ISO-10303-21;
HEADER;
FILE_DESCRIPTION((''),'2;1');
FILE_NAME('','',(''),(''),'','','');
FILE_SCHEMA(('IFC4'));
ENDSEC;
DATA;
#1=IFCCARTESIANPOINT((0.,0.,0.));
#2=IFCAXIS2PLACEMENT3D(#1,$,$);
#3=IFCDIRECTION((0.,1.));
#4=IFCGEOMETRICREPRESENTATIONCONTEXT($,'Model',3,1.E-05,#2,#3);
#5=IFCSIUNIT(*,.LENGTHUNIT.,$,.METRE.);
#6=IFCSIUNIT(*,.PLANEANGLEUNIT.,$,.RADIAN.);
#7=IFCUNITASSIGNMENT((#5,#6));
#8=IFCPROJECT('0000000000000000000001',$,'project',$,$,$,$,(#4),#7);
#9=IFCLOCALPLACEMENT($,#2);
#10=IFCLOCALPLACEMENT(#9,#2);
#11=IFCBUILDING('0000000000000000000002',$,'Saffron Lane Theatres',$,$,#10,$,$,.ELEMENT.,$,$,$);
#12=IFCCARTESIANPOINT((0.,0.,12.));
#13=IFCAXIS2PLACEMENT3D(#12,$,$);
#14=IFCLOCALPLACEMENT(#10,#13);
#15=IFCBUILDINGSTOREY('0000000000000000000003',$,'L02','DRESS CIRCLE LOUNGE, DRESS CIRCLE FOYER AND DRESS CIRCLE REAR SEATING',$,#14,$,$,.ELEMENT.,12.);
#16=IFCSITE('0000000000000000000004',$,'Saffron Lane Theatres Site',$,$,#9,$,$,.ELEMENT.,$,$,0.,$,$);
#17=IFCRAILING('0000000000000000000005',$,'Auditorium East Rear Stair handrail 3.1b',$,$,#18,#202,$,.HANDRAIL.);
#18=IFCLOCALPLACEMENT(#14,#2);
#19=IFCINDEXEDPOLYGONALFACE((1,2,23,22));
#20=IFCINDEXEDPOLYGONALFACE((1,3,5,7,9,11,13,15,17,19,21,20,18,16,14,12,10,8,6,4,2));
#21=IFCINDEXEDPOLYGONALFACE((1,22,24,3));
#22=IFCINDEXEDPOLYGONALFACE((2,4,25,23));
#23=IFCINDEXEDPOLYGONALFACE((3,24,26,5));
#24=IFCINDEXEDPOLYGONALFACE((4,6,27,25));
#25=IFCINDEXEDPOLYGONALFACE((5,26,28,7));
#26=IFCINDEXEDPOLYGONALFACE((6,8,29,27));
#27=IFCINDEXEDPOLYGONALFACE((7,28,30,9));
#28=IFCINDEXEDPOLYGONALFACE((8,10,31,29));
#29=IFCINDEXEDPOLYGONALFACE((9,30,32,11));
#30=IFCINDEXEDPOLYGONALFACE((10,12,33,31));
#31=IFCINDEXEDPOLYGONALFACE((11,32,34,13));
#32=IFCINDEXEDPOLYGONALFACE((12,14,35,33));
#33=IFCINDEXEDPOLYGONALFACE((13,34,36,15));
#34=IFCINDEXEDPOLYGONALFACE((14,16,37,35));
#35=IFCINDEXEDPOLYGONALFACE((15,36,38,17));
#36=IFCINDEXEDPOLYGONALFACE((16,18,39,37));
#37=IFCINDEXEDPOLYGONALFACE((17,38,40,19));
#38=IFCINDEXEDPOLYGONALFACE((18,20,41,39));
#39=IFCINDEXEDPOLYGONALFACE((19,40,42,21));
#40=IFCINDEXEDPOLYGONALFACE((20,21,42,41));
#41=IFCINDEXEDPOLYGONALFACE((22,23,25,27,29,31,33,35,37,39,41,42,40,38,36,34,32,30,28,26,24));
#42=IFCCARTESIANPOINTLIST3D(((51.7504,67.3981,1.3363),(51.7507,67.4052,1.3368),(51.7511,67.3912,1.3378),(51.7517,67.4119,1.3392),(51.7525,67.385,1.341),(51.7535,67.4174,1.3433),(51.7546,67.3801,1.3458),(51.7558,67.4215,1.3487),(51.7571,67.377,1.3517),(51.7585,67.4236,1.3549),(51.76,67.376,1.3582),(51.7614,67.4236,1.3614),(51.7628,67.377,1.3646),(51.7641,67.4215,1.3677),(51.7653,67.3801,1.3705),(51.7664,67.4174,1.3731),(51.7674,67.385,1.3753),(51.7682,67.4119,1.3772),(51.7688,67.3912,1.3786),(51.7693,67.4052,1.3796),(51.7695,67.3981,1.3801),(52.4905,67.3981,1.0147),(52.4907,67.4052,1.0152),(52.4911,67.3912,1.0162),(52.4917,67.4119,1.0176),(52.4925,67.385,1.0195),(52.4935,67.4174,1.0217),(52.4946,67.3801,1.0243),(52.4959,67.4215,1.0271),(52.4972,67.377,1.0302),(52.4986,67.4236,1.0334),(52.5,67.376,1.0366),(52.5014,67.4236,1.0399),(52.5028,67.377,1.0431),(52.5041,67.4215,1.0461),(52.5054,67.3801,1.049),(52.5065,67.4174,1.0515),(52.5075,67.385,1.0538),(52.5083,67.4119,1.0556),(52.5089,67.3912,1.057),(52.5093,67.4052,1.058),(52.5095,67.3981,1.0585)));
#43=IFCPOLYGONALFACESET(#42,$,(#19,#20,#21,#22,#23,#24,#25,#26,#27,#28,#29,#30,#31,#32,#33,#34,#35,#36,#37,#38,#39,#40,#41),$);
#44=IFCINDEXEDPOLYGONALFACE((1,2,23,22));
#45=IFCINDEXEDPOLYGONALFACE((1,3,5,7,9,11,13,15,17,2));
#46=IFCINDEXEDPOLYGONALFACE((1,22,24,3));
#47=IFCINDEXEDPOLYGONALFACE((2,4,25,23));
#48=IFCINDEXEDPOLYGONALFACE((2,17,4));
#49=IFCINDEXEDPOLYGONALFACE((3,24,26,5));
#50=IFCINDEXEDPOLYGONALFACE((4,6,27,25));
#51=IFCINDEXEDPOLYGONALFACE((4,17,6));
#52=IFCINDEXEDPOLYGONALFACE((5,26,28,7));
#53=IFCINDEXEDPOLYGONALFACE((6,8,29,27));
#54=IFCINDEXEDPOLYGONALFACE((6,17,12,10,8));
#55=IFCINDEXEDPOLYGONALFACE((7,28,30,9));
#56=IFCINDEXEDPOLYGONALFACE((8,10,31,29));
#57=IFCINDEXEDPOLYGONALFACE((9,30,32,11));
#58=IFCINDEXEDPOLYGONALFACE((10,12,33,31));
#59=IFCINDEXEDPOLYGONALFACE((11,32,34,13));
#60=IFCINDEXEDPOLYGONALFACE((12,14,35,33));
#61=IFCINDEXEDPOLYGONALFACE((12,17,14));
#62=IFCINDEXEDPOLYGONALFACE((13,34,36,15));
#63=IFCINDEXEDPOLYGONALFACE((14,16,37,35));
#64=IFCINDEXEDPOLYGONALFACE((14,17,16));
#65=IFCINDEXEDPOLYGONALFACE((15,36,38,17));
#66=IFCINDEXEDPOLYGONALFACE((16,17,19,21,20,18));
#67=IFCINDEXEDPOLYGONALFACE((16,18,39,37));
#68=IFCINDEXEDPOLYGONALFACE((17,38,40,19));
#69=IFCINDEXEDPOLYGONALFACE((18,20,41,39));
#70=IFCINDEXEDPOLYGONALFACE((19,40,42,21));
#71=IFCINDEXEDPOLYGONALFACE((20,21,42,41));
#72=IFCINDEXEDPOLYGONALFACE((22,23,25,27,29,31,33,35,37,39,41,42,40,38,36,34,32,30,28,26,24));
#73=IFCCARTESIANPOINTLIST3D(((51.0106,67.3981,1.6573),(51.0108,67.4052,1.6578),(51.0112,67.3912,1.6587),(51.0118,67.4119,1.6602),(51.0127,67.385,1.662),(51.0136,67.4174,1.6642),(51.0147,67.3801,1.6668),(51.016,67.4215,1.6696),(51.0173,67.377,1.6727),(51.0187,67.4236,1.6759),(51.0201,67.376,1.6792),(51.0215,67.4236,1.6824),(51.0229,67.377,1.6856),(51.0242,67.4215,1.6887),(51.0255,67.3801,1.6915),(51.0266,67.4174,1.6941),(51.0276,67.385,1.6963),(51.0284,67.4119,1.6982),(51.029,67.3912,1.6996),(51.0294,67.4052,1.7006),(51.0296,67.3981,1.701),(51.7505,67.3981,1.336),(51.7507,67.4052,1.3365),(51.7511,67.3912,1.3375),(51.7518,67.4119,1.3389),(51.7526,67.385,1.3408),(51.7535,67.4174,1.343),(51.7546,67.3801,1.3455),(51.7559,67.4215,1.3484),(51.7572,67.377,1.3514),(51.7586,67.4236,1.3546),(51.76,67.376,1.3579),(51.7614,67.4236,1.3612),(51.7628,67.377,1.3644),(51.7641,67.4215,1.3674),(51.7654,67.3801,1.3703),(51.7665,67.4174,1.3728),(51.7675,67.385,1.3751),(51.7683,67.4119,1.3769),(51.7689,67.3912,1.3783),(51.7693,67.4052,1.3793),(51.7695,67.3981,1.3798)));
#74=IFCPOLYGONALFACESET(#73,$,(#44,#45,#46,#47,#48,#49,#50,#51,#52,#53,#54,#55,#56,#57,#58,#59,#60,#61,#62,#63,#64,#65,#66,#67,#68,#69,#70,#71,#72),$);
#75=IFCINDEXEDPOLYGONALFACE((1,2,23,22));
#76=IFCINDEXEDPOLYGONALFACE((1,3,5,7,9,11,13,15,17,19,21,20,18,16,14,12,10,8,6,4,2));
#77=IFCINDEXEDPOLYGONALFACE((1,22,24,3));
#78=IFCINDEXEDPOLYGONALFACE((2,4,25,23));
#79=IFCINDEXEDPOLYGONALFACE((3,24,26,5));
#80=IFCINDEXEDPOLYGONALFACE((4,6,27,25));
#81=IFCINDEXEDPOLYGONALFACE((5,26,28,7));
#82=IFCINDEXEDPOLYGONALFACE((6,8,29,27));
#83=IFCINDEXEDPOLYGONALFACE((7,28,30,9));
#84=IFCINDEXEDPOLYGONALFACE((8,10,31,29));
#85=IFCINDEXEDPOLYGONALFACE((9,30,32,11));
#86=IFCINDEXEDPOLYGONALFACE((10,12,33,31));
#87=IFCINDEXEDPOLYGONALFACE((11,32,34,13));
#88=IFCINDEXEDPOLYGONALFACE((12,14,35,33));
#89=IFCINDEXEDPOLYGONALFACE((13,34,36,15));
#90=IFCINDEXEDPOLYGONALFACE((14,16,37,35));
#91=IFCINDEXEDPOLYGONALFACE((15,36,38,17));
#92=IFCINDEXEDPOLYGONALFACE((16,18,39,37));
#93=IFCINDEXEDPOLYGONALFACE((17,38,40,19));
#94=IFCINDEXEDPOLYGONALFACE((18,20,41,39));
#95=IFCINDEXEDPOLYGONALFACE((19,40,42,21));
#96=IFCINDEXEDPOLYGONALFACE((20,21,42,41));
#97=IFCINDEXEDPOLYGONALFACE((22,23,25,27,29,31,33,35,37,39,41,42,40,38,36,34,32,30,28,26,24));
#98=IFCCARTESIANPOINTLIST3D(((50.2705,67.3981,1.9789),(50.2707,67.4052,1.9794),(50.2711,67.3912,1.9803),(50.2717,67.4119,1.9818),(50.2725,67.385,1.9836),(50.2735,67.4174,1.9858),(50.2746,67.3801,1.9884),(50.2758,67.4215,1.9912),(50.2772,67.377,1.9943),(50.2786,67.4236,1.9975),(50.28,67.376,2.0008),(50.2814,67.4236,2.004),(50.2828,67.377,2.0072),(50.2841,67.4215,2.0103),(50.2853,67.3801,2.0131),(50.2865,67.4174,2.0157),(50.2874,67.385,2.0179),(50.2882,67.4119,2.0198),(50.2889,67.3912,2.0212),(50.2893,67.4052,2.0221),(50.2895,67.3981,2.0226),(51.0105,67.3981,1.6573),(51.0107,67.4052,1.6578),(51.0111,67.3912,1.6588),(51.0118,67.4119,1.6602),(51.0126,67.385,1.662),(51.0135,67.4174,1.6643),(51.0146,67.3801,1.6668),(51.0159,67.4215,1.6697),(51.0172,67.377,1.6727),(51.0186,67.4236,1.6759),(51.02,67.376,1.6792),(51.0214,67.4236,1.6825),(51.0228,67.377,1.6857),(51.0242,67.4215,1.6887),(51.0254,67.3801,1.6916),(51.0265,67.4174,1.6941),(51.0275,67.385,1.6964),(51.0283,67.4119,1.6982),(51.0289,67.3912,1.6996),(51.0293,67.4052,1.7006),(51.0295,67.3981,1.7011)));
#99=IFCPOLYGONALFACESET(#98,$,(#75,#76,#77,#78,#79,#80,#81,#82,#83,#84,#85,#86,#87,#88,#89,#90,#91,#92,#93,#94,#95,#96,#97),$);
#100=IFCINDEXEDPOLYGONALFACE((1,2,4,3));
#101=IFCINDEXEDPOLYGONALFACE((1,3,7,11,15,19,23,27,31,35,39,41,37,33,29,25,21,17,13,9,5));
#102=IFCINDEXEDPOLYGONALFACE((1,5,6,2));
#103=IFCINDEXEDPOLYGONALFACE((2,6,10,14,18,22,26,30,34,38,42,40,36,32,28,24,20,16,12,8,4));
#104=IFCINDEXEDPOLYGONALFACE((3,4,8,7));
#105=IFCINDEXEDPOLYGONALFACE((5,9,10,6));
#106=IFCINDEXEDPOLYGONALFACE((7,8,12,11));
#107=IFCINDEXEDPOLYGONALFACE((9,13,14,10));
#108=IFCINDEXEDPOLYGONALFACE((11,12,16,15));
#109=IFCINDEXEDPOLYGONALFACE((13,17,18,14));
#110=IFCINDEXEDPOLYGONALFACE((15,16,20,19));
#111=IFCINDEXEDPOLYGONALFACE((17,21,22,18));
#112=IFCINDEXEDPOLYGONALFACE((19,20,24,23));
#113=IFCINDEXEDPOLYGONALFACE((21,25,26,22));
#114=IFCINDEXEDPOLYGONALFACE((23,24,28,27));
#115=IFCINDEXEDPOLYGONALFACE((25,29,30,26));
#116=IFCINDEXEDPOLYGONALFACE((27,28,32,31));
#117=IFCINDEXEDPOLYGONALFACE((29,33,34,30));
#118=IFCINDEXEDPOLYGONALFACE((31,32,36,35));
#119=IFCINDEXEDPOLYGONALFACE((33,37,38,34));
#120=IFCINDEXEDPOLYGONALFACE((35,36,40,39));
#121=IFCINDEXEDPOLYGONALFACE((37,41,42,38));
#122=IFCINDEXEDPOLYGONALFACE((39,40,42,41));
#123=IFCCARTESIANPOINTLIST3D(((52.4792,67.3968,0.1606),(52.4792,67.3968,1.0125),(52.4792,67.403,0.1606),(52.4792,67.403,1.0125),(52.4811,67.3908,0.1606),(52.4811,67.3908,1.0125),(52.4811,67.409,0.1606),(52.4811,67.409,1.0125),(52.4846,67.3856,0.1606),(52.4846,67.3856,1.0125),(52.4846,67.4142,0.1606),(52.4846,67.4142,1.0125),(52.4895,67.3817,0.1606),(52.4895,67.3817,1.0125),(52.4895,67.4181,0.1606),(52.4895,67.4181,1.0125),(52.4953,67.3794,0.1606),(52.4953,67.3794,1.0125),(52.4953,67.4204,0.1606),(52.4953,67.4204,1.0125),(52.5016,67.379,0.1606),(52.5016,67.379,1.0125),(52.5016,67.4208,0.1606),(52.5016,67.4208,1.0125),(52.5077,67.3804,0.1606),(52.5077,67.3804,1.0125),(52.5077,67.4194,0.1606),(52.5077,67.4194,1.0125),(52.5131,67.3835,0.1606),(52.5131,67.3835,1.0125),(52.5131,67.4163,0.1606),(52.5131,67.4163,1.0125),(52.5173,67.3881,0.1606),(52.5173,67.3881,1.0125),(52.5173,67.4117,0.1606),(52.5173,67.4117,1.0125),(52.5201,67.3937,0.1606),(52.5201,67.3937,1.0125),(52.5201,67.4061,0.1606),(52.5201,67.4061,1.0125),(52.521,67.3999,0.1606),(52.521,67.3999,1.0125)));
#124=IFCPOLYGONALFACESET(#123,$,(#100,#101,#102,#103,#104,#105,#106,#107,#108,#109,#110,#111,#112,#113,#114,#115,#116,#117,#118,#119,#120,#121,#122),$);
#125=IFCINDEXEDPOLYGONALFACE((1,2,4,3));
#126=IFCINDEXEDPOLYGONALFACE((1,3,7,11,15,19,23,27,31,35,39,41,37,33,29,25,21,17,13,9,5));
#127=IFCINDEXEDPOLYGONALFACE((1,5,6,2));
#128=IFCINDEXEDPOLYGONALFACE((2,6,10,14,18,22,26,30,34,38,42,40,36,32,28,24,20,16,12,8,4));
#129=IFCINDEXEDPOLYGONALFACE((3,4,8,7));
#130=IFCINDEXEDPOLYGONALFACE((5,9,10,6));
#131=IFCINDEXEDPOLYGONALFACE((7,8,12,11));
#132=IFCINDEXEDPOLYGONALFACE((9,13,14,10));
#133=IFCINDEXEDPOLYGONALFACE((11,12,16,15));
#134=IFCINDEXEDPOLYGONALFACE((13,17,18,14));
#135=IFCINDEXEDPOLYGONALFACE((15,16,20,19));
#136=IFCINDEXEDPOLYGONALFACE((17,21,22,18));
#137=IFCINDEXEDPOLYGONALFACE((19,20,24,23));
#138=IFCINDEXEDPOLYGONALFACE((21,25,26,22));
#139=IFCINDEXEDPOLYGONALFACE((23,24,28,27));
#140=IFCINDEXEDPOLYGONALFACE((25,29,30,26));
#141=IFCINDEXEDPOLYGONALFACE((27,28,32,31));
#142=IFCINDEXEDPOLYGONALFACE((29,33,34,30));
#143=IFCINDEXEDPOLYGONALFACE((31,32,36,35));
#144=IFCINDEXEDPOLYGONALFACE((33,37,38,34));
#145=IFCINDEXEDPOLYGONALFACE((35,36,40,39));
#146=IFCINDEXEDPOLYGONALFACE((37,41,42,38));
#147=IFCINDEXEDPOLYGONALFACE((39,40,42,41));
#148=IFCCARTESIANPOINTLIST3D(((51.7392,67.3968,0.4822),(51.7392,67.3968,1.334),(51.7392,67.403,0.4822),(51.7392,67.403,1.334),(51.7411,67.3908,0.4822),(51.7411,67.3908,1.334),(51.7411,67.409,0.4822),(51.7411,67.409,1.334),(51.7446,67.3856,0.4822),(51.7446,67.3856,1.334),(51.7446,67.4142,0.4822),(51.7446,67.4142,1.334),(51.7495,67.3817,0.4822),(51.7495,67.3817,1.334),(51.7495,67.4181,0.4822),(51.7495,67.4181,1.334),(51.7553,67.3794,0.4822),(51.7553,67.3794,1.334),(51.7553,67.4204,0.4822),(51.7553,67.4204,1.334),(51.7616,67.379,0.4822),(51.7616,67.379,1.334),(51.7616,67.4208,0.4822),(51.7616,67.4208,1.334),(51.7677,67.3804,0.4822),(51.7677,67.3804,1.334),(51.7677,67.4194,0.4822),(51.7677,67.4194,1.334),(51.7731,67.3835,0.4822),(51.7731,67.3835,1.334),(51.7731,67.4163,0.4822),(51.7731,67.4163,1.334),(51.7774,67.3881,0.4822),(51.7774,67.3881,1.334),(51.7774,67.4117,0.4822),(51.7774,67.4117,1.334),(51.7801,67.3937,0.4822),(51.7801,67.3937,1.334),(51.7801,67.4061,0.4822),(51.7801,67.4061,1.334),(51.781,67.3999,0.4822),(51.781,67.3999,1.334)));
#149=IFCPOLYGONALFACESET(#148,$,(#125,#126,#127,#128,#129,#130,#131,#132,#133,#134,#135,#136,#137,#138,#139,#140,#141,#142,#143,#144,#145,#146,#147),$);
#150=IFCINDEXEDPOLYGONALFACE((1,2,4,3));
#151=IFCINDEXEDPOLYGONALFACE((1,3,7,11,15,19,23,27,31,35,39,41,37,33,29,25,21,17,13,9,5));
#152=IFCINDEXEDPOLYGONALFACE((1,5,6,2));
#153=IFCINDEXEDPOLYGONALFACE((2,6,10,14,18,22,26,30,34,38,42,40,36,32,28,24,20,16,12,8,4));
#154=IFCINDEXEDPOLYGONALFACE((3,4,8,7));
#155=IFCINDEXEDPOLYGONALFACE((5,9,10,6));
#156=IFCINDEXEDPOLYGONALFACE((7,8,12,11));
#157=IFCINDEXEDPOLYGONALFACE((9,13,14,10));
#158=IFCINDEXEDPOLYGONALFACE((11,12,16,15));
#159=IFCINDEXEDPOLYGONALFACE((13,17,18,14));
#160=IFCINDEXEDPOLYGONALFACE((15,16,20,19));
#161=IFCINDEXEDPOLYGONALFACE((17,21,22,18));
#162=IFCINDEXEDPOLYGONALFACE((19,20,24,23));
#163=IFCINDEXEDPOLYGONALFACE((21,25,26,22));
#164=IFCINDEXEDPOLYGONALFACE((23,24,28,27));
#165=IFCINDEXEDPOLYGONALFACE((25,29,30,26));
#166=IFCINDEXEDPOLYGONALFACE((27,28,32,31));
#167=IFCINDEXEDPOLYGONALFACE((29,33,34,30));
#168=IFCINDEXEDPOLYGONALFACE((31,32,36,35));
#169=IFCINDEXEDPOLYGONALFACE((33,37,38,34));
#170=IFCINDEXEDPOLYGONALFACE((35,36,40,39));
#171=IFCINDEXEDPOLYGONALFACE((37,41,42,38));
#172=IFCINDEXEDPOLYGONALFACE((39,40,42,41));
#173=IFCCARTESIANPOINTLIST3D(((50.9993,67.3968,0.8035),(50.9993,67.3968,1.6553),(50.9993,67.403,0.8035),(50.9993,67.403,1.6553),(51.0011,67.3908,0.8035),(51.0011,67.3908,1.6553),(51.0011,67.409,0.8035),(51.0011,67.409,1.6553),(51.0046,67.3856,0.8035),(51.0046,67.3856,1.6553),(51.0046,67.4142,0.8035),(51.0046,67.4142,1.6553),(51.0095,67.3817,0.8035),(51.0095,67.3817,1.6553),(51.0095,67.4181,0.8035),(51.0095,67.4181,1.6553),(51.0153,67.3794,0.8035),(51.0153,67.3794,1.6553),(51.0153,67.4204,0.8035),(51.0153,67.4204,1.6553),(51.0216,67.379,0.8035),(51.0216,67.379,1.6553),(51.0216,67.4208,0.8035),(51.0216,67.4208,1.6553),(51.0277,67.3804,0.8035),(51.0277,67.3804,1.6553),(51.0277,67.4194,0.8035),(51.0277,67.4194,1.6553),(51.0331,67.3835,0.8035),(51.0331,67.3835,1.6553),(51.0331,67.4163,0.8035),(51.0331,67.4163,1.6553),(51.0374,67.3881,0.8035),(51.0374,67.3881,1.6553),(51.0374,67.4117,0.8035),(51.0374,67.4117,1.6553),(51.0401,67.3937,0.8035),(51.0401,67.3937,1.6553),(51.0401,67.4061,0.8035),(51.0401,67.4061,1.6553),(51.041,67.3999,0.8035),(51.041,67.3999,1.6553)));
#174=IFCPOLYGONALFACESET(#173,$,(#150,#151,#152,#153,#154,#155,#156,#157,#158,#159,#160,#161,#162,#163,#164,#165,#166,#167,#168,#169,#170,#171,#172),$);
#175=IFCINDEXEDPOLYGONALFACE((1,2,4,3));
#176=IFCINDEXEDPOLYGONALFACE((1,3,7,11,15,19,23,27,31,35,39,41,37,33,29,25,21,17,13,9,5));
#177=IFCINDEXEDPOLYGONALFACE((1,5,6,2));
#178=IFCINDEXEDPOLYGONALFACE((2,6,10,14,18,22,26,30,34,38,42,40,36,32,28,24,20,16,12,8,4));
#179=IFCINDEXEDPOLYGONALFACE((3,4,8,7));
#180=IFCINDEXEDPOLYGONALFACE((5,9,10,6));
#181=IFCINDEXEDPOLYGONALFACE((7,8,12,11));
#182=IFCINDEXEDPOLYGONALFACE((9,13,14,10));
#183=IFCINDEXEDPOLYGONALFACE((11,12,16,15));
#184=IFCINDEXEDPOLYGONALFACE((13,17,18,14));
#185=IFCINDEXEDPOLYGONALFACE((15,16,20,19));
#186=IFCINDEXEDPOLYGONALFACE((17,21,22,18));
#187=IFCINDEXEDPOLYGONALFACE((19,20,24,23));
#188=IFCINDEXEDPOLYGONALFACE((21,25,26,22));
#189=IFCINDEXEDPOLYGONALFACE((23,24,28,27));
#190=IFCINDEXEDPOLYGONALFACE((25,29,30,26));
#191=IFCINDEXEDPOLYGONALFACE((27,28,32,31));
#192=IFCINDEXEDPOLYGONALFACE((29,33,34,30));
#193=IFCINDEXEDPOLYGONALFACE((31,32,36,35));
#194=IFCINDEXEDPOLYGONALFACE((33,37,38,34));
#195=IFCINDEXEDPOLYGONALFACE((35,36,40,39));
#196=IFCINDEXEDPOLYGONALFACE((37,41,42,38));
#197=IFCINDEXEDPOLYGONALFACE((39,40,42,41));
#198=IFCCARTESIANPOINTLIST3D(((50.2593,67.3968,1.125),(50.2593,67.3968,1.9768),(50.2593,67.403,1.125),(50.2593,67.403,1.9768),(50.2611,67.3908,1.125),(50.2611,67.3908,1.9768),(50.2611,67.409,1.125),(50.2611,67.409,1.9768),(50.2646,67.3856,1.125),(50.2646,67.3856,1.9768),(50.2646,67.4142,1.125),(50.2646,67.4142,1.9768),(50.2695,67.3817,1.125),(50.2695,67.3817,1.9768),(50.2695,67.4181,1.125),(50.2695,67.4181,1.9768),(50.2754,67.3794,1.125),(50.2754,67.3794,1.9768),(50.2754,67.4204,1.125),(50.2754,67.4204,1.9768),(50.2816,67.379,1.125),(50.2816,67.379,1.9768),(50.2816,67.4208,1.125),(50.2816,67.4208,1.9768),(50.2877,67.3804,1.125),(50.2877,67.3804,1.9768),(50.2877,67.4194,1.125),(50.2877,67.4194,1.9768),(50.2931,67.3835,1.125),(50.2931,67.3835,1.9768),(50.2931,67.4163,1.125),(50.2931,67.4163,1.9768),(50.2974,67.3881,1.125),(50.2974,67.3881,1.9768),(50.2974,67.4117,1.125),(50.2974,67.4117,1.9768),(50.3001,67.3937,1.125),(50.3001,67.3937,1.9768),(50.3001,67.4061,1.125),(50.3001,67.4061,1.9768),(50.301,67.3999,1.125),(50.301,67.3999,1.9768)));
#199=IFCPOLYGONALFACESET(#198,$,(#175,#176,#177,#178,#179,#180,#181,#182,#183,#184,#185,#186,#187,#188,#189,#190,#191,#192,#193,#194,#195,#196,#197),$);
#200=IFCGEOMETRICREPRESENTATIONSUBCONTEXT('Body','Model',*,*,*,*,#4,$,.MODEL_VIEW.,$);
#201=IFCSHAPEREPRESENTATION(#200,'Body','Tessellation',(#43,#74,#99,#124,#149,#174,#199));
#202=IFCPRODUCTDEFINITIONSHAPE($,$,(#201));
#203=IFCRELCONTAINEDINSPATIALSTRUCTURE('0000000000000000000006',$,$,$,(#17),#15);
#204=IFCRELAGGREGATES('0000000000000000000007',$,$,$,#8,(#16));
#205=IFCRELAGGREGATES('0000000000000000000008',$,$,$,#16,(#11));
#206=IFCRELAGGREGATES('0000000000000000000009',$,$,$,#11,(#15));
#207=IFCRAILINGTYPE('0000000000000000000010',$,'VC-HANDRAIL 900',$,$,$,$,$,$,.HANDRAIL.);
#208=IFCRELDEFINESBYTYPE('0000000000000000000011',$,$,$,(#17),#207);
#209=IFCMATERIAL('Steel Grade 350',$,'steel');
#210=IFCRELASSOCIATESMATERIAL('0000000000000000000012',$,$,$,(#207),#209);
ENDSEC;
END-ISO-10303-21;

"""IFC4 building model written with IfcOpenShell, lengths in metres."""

from ifc_helpers import new_model, si_unit, direction, frame, origin, origin_2d, place, context, subcontext, project, spatial, circle, extrude, material, type_object, element, save


model = new_model("IFC4")

# Units and contexts
model_context = context("Model", 3, precision=1e-05, world=origin(), true_north=direction((0.0, 1.0)))
body_context = subcontext(model_context, "Body", "Model", "MODEL_VIEW")
ifc_project = project(units=[si_unit("LENGTHUNIT", "METRE"), si_unit("PLANEANGLEUNIT", "RADIAN")], contexts=[model_context])

# Site, building, storey
site_placement = place(None, origin())
site = spatial("IfcSite", under=ifc_project, at=site_placement, Name="Saffron Lane Theatres Site", CompositionType="ELEMENT", RefElevation=0.0)
building_placement = place(site_placement, origin())
building = spatial("IfcBuilding", under=site, at=building_placement, Name="Saffron Lane Theatres", CompositionType="ELEMENT")
storey_placement = place(building_placement, frame((0.0, 0.0, 12.0)))
storey = spatial("IfcBuildingStorey", under=building, at=storey_placement, Name="L02", Description="DRESS CIRCLE LOUNGE, DRESS CIRCLE FOYER AND DRESS CIRCLE REAR SEATING", CompositionType="ELEMENT", Elevation=12.0)

# Railing
ifc_material_1 = material(Name="Steel Grade 350", Category="steel")
railing_type_1 = type_object("IfcRailingType", Name="VC-HANDRAIL 900", PredefinedType="HANDRAIL", material=ifc_material_1)
for number, where, name in (
    (1, (52.5, 67.3999, 0.1606), "Auditorium East Rear Stair handrail 3.1b"),
):
    element("IfcRailing", number, at=place(storey_placement, frame(where)), inside=storey, type_object=railing_type_1, Name=name, PredefinedType="HANDRAIL", context=body_context, shape_type="SweptSolid", body=[
        extrude(circle(Radius=0.0239, at=origin_2d()), frame((0.0, 0.0, 0.876), z_axis=(-0.917161, 0.0, 0.398516), x_axis=(0.0, -1.0, 0.0)), (0.0, 0.0, 1.0), 0.8069),
        extrude(circle(Radius=0.0239, at=origin_2d()), frame((-0.74, 0.0, 1.1973), z_axis=(-0.917272, 0.0, 0.398261), x_axis=(0.0, -1.0, 0.0)), (0.0, 0.0, 1.0), 0.8066),
        extrude(circle(Radius=0.0239, at=origin_2d()), frame((-1.48, 0.0, 1.5186), z_axis=(-0.917161, 0.0, 0.398516), x_axis=(0.0, -1.0, 0.0)), (0.0, 0.0, 1.0), 0.8069),
        extrude(circle(Radius=0.021, at=origin_2d()), origin(), (0.0, 0.0, 1.0), 0.8518),
        extrude(circle(Radius=0.021, at=origin_2d()), frame((-0.74, 0.0, 0.3215)), (0.0, 0.0, 1.0), 0.8518),
        extrude(circle(Radius=0.021, at=origin_2d()), frame((-1.48, 0.0, 0.6428)), (0.0, 0.0, 1.0), 0.8518),
        extrude(circle(Radius=0.021, at=origin_2d()), frame((-2.22, 0.0, 0.9644)), (0.0, 0.0, 1.0), 0.8518),
    ])

save(model, "model.ifc")
